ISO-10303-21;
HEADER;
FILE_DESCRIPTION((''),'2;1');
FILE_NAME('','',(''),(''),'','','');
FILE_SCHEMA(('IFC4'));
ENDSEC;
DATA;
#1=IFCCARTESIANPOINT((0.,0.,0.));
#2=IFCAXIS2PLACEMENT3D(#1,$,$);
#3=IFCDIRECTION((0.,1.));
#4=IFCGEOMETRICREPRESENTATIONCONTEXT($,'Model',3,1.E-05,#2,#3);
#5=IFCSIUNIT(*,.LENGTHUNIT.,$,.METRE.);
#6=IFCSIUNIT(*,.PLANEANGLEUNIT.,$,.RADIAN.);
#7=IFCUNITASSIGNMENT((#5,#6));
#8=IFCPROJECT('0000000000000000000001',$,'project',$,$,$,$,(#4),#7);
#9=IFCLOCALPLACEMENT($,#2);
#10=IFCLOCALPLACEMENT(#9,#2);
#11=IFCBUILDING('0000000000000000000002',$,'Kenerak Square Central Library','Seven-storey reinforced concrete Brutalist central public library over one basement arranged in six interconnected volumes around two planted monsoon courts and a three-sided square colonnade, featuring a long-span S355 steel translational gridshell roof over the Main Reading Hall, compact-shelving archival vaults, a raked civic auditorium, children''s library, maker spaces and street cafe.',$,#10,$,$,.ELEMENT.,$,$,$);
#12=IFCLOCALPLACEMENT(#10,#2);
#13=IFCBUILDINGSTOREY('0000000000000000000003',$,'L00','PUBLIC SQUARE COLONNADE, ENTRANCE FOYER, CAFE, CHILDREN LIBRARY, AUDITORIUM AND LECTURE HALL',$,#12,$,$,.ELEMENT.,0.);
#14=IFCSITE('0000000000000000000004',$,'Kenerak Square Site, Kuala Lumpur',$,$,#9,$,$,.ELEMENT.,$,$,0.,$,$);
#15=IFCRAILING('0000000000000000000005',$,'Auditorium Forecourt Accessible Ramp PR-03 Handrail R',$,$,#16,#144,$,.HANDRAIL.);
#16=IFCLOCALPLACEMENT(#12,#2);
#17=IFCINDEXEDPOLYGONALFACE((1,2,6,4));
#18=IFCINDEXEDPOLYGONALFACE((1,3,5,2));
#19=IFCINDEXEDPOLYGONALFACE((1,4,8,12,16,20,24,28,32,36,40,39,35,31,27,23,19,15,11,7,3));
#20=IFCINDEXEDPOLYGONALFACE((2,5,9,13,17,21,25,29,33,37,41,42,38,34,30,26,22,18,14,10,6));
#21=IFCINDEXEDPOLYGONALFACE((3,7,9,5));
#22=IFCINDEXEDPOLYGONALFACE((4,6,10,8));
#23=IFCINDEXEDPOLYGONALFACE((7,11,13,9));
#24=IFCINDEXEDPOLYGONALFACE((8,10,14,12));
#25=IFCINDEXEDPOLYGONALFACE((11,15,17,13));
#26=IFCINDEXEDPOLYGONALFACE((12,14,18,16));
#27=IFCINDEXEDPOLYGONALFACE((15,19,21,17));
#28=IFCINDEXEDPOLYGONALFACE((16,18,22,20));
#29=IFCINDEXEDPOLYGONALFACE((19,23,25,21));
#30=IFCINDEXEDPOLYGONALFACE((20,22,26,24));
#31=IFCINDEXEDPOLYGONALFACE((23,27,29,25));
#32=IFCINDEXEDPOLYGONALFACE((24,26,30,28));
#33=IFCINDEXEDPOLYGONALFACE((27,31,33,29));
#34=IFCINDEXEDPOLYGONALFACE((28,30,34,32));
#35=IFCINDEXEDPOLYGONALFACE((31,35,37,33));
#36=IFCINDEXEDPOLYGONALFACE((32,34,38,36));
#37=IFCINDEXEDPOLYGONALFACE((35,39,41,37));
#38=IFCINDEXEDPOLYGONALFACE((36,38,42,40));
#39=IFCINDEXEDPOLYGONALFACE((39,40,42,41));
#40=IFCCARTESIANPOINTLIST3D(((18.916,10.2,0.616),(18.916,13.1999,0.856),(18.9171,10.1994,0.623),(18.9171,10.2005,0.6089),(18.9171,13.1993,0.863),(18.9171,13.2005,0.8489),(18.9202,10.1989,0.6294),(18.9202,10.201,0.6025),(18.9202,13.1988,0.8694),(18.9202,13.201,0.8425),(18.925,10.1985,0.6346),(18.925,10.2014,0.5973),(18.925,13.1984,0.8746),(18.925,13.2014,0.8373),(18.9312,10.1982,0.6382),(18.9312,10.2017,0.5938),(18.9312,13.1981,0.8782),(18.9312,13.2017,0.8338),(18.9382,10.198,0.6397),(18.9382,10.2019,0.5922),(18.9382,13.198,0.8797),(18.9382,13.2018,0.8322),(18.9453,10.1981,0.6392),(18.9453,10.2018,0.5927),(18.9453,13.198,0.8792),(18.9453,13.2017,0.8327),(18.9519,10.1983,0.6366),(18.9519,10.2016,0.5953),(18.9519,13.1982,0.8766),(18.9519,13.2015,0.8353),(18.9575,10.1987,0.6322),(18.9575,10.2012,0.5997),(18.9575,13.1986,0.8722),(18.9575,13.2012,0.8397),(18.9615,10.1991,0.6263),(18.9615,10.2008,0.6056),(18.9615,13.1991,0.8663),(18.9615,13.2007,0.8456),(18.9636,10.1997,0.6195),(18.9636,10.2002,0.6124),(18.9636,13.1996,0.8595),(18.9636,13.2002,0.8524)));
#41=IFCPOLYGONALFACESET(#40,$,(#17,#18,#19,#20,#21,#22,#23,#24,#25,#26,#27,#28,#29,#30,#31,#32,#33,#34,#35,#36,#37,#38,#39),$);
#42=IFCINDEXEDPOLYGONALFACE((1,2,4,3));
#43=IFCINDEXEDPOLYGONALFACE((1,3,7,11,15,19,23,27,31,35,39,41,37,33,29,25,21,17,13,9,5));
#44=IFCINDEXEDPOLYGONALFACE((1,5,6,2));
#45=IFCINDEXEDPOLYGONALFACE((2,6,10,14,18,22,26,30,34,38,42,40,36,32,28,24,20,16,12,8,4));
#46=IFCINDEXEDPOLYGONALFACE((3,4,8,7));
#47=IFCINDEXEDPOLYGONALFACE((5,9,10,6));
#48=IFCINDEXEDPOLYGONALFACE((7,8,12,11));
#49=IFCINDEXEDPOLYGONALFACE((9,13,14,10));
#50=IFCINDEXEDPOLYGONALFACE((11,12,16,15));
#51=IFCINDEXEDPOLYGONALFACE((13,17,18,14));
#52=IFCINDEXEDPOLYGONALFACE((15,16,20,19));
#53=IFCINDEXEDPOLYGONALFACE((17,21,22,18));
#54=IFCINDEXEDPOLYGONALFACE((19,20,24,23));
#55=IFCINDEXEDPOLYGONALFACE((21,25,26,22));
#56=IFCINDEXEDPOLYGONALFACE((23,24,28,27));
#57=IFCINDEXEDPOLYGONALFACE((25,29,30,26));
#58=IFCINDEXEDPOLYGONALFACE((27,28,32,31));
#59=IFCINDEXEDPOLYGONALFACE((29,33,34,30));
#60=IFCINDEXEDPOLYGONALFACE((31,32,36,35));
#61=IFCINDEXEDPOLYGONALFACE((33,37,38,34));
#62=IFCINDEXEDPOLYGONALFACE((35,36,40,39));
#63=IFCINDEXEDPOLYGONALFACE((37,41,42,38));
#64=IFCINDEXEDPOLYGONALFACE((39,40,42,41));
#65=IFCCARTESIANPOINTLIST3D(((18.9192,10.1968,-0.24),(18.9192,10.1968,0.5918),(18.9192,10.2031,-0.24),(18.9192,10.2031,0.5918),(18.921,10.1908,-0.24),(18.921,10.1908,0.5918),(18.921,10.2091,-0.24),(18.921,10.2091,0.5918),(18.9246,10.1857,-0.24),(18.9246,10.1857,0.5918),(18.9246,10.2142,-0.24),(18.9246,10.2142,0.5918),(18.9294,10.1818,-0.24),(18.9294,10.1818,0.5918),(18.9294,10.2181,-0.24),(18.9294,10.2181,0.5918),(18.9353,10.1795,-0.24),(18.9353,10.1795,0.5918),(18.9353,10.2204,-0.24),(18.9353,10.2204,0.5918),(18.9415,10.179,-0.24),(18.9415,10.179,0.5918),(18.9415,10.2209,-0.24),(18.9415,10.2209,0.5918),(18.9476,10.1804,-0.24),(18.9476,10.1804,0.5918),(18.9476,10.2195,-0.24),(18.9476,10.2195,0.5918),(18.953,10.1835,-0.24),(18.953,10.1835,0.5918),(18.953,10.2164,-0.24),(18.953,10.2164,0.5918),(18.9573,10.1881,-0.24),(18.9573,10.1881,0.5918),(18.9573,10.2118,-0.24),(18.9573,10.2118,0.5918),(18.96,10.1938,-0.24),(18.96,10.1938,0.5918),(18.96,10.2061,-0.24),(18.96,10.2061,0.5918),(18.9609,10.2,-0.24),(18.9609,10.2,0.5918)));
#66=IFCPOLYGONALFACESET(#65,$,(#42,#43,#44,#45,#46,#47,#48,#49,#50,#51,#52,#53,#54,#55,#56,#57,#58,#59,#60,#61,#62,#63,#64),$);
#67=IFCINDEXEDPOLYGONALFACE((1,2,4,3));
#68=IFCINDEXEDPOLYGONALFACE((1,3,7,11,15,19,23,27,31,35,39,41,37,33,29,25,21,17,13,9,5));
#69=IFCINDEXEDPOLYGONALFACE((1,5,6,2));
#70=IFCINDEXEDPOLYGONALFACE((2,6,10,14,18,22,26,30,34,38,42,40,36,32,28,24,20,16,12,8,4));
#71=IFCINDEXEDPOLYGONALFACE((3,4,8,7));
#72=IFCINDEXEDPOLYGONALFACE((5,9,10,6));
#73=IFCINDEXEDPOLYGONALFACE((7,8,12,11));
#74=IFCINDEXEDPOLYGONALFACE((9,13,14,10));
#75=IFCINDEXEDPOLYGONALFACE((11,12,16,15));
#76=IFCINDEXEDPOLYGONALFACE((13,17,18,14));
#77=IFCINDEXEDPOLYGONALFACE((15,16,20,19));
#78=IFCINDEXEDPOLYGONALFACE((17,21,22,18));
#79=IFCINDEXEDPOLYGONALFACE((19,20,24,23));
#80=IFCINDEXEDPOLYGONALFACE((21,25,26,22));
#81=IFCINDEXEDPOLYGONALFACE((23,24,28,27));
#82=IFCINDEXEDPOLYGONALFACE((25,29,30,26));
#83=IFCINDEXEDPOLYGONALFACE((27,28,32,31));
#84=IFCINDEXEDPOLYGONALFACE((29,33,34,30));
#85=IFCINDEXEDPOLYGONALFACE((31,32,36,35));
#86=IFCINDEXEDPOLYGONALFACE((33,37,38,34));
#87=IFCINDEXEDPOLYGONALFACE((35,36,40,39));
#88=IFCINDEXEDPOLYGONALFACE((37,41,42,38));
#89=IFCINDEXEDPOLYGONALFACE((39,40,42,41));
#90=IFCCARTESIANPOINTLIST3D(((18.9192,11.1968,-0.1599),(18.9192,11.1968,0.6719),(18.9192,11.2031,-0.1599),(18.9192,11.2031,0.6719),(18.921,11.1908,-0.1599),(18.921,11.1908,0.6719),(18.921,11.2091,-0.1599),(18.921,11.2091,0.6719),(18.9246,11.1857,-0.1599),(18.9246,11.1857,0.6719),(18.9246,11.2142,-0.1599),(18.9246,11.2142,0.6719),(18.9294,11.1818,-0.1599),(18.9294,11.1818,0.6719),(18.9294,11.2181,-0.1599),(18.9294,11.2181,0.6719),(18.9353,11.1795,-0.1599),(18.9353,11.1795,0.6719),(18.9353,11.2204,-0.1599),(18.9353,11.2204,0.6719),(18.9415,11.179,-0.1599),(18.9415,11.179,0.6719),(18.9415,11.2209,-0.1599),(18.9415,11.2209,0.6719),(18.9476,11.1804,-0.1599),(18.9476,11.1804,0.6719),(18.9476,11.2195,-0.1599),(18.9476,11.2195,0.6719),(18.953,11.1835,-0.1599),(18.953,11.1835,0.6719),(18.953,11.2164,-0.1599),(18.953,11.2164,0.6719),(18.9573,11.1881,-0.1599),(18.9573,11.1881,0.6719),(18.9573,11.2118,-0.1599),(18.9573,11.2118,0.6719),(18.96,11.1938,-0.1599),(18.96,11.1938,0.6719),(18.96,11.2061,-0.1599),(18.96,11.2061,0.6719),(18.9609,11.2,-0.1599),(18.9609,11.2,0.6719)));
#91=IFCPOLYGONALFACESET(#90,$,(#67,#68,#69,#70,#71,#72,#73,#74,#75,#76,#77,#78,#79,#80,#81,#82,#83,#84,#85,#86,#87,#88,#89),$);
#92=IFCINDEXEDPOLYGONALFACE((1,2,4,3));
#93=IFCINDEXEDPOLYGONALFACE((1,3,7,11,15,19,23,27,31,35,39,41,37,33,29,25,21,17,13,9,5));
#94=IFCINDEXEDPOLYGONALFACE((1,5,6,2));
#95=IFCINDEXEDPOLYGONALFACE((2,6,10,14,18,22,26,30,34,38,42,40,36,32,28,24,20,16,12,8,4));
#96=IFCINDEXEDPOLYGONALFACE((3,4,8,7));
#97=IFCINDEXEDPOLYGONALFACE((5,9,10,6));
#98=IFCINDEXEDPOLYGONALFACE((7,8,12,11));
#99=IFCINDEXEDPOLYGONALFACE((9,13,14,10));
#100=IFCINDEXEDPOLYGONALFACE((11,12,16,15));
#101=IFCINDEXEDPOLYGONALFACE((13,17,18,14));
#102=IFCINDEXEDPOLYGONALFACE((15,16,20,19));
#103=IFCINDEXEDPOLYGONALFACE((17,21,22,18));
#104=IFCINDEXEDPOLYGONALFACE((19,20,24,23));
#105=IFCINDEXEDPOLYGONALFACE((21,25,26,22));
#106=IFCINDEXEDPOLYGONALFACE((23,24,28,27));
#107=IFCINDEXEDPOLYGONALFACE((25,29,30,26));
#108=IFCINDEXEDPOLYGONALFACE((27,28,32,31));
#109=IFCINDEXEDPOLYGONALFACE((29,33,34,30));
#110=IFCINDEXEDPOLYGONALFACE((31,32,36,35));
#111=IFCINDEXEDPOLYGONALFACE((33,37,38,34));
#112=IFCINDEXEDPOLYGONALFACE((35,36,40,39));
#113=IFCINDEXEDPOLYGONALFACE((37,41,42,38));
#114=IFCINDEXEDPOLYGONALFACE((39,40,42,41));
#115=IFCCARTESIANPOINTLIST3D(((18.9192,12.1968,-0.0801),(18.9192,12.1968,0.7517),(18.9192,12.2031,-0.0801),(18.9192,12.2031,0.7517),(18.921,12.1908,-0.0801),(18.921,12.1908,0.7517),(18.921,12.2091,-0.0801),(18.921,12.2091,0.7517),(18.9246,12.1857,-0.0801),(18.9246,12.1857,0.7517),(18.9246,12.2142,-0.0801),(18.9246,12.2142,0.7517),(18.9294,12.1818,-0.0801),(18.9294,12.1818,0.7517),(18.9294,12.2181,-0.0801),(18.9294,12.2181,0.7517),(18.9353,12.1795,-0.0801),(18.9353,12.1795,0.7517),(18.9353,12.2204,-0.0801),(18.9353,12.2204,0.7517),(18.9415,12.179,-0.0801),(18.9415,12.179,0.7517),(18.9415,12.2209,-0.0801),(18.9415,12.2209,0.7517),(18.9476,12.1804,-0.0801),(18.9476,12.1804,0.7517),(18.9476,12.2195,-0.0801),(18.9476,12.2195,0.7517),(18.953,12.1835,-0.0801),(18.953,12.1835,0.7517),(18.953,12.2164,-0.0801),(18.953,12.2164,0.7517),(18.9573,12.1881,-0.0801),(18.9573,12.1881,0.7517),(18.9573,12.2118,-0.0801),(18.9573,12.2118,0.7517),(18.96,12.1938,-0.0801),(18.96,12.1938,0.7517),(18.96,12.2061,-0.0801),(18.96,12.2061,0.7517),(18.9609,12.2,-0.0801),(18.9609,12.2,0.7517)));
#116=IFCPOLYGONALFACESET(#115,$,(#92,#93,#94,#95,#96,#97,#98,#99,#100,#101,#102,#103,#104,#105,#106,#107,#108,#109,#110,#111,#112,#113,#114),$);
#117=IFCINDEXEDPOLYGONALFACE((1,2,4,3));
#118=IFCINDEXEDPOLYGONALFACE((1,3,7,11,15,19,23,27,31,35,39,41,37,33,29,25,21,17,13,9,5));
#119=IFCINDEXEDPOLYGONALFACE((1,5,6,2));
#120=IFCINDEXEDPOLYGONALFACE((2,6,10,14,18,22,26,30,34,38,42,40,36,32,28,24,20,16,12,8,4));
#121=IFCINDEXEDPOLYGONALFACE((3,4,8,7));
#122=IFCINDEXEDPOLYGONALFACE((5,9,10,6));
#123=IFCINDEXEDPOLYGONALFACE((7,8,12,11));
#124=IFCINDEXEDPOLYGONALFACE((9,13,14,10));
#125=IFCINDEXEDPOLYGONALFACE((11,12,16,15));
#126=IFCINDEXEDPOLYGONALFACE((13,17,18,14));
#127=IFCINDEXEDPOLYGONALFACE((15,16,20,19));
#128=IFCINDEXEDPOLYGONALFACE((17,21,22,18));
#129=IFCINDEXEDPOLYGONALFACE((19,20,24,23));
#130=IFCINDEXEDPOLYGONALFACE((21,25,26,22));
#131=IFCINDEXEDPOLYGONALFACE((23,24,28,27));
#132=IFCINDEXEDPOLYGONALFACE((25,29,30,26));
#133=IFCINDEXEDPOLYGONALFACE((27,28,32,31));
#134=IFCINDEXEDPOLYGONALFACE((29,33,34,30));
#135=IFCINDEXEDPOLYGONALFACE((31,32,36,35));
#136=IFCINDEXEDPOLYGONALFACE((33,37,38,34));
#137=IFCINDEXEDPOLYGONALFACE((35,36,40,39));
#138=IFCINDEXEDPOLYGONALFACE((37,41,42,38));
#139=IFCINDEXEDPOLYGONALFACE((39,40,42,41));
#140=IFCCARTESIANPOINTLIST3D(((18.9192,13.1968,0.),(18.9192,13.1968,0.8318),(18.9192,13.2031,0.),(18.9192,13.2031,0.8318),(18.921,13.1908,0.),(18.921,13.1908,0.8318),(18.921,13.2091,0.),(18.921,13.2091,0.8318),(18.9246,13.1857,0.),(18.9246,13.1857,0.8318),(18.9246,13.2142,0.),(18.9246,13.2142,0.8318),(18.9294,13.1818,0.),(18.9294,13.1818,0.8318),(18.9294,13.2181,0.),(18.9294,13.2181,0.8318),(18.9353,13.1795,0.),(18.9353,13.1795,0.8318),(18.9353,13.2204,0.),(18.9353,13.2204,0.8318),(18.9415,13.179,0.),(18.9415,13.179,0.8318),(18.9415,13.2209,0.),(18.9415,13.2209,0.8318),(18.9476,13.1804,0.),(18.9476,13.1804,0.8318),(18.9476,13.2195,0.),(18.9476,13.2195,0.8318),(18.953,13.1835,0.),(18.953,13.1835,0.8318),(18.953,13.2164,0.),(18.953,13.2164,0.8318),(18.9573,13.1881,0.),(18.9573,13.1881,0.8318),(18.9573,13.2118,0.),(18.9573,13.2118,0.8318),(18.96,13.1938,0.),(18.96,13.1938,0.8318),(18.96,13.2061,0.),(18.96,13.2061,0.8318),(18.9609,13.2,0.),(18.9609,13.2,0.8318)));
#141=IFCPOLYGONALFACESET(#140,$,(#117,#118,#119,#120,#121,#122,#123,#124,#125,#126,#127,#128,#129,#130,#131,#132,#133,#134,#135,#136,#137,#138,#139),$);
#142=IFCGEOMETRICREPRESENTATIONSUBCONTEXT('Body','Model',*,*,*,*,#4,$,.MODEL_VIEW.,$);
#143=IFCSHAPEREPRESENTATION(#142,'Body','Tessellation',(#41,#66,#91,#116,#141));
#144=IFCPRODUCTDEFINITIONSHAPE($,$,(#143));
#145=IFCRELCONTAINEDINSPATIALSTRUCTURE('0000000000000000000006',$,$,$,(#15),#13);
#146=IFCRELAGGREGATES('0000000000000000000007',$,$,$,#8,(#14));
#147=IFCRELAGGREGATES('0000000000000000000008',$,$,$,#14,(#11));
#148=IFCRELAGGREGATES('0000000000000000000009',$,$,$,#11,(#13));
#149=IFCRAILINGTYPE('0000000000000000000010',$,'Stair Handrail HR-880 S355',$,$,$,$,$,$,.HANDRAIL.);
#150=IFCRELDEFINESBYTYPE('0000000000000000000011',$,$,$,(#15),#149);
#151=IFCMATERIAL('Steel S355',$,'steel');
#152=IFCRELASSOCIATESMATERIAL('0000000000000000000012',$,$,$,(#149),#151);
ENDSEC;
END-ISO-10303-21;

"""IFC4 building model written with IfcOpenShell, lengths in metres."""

from ifc_helpers import new_model, si_unit, direction, frame, origin, origin_2d, place, context, subcontext, project, spatial, circle, extrude, material, type_object, element, save


model = new_model("IFC4")

# Units and contexts
model_context = context("Model", 3, precision=1e-05, world=origin(), true_north=direction((0.0, 1.0)))
body_context = subcontext(model_context, "Body", "Model", "MODEL_VIEW")
ifc_project = project(units=[si_unit("LENGTHUNIT", "METRE"), si_unit("PLANEANGLEUNIT", "RADIAN")], contexts=[model_context])

# Site, building, storey
site_placement = place(None, origin())
site = spatial("IfcSite", under=ifc_project, at=site_placement, Name="Kenerak Square Site, Kuala Lumpur", CompositionType="ELEMENT", RefElevation=0.0)
building_placement = place(site_placement, origin())
building = spatial("IfcBuilding", under=site, at=building_placement, Name="Kenerak Square Central Library", Description="Seven-storey reinforced concrete Brutalist central public library over one basement arranged in six interconnected volumes around two planted monsoon courts and a three-sided square colonnade, featuring a long-span S355 steel translational gridshell roof over the Main Reading Hall, compact-shelving archival vaults, a raked civic auditorium, children's library, maker spaces and street cafe.", CompositionType="ELEMENT")
storey_placement = place(building_placement, origin())
storey = spatial("IfcBuildingStorey", under=building, at=storey_placement, Name="L00", Description="PUBLIC SQUARE COLONNADE, ENTRANCE FOYER, CAFE, CHILDREN LIBRARY, AUDITORIUM AND LECTURE HALL", CompositionType="ELEMENT", Elevation=0.0)

# Shared definitions
ifc_material_1 = material(Name="Steel S355", Category="steel")

# Railing
railing_type = type_object("IfcRailingType", Name="Stair Handrail HR-880 S355", PredefinedType="HANDRAIL", material=ifc_material_1)
for number, where, name in (
    (1, (18.9399, 10.2, -0.24), "Auditorium Forecourt Accessible Ramp PR-03 Handrail R"),
):
    element("IfcRailing", number, at=place(storey_placement, frame(where)), inside=storey, type_object=railing_type, Name=name, PredefinedType="HANDRAIL", context=body_context, shape_type="SweptSolid", body=[
        extrude(circle(Radius=0.0239, at=origin_2d()), frame((0.0, 0.0, 0.856), z_axis=(0.0, 0.996816, 0.079742), x_axis=(-1.0, 0.0, 0.0)), (0.0, 0.0, 1.0), 3.0095),
        extrude(circle(Radius=0.021, at=origin_2d()), origin(), (0.0, 0.0, 1.0), 0.8318),
        extrude(circle(Radius=0.021, at=origin_2d()), frame((0.0, 1.0, 0.0801)), (0.0, 0.0, 1.0), 0.8318),
        extrude(circle(Radius=0.021, at=origin_2d()), frame((0.0, 2.0, 0.1599)), (0.0, 0.0, 1.0), 0.8318),
        extrude(circle(Radius=0.021, at=origin_2d()), frame((0.0, 3.0, 0.24)), (0.0, 0.0, 1.0), 0.8318),
    ])

save(model, "model.ifc")
